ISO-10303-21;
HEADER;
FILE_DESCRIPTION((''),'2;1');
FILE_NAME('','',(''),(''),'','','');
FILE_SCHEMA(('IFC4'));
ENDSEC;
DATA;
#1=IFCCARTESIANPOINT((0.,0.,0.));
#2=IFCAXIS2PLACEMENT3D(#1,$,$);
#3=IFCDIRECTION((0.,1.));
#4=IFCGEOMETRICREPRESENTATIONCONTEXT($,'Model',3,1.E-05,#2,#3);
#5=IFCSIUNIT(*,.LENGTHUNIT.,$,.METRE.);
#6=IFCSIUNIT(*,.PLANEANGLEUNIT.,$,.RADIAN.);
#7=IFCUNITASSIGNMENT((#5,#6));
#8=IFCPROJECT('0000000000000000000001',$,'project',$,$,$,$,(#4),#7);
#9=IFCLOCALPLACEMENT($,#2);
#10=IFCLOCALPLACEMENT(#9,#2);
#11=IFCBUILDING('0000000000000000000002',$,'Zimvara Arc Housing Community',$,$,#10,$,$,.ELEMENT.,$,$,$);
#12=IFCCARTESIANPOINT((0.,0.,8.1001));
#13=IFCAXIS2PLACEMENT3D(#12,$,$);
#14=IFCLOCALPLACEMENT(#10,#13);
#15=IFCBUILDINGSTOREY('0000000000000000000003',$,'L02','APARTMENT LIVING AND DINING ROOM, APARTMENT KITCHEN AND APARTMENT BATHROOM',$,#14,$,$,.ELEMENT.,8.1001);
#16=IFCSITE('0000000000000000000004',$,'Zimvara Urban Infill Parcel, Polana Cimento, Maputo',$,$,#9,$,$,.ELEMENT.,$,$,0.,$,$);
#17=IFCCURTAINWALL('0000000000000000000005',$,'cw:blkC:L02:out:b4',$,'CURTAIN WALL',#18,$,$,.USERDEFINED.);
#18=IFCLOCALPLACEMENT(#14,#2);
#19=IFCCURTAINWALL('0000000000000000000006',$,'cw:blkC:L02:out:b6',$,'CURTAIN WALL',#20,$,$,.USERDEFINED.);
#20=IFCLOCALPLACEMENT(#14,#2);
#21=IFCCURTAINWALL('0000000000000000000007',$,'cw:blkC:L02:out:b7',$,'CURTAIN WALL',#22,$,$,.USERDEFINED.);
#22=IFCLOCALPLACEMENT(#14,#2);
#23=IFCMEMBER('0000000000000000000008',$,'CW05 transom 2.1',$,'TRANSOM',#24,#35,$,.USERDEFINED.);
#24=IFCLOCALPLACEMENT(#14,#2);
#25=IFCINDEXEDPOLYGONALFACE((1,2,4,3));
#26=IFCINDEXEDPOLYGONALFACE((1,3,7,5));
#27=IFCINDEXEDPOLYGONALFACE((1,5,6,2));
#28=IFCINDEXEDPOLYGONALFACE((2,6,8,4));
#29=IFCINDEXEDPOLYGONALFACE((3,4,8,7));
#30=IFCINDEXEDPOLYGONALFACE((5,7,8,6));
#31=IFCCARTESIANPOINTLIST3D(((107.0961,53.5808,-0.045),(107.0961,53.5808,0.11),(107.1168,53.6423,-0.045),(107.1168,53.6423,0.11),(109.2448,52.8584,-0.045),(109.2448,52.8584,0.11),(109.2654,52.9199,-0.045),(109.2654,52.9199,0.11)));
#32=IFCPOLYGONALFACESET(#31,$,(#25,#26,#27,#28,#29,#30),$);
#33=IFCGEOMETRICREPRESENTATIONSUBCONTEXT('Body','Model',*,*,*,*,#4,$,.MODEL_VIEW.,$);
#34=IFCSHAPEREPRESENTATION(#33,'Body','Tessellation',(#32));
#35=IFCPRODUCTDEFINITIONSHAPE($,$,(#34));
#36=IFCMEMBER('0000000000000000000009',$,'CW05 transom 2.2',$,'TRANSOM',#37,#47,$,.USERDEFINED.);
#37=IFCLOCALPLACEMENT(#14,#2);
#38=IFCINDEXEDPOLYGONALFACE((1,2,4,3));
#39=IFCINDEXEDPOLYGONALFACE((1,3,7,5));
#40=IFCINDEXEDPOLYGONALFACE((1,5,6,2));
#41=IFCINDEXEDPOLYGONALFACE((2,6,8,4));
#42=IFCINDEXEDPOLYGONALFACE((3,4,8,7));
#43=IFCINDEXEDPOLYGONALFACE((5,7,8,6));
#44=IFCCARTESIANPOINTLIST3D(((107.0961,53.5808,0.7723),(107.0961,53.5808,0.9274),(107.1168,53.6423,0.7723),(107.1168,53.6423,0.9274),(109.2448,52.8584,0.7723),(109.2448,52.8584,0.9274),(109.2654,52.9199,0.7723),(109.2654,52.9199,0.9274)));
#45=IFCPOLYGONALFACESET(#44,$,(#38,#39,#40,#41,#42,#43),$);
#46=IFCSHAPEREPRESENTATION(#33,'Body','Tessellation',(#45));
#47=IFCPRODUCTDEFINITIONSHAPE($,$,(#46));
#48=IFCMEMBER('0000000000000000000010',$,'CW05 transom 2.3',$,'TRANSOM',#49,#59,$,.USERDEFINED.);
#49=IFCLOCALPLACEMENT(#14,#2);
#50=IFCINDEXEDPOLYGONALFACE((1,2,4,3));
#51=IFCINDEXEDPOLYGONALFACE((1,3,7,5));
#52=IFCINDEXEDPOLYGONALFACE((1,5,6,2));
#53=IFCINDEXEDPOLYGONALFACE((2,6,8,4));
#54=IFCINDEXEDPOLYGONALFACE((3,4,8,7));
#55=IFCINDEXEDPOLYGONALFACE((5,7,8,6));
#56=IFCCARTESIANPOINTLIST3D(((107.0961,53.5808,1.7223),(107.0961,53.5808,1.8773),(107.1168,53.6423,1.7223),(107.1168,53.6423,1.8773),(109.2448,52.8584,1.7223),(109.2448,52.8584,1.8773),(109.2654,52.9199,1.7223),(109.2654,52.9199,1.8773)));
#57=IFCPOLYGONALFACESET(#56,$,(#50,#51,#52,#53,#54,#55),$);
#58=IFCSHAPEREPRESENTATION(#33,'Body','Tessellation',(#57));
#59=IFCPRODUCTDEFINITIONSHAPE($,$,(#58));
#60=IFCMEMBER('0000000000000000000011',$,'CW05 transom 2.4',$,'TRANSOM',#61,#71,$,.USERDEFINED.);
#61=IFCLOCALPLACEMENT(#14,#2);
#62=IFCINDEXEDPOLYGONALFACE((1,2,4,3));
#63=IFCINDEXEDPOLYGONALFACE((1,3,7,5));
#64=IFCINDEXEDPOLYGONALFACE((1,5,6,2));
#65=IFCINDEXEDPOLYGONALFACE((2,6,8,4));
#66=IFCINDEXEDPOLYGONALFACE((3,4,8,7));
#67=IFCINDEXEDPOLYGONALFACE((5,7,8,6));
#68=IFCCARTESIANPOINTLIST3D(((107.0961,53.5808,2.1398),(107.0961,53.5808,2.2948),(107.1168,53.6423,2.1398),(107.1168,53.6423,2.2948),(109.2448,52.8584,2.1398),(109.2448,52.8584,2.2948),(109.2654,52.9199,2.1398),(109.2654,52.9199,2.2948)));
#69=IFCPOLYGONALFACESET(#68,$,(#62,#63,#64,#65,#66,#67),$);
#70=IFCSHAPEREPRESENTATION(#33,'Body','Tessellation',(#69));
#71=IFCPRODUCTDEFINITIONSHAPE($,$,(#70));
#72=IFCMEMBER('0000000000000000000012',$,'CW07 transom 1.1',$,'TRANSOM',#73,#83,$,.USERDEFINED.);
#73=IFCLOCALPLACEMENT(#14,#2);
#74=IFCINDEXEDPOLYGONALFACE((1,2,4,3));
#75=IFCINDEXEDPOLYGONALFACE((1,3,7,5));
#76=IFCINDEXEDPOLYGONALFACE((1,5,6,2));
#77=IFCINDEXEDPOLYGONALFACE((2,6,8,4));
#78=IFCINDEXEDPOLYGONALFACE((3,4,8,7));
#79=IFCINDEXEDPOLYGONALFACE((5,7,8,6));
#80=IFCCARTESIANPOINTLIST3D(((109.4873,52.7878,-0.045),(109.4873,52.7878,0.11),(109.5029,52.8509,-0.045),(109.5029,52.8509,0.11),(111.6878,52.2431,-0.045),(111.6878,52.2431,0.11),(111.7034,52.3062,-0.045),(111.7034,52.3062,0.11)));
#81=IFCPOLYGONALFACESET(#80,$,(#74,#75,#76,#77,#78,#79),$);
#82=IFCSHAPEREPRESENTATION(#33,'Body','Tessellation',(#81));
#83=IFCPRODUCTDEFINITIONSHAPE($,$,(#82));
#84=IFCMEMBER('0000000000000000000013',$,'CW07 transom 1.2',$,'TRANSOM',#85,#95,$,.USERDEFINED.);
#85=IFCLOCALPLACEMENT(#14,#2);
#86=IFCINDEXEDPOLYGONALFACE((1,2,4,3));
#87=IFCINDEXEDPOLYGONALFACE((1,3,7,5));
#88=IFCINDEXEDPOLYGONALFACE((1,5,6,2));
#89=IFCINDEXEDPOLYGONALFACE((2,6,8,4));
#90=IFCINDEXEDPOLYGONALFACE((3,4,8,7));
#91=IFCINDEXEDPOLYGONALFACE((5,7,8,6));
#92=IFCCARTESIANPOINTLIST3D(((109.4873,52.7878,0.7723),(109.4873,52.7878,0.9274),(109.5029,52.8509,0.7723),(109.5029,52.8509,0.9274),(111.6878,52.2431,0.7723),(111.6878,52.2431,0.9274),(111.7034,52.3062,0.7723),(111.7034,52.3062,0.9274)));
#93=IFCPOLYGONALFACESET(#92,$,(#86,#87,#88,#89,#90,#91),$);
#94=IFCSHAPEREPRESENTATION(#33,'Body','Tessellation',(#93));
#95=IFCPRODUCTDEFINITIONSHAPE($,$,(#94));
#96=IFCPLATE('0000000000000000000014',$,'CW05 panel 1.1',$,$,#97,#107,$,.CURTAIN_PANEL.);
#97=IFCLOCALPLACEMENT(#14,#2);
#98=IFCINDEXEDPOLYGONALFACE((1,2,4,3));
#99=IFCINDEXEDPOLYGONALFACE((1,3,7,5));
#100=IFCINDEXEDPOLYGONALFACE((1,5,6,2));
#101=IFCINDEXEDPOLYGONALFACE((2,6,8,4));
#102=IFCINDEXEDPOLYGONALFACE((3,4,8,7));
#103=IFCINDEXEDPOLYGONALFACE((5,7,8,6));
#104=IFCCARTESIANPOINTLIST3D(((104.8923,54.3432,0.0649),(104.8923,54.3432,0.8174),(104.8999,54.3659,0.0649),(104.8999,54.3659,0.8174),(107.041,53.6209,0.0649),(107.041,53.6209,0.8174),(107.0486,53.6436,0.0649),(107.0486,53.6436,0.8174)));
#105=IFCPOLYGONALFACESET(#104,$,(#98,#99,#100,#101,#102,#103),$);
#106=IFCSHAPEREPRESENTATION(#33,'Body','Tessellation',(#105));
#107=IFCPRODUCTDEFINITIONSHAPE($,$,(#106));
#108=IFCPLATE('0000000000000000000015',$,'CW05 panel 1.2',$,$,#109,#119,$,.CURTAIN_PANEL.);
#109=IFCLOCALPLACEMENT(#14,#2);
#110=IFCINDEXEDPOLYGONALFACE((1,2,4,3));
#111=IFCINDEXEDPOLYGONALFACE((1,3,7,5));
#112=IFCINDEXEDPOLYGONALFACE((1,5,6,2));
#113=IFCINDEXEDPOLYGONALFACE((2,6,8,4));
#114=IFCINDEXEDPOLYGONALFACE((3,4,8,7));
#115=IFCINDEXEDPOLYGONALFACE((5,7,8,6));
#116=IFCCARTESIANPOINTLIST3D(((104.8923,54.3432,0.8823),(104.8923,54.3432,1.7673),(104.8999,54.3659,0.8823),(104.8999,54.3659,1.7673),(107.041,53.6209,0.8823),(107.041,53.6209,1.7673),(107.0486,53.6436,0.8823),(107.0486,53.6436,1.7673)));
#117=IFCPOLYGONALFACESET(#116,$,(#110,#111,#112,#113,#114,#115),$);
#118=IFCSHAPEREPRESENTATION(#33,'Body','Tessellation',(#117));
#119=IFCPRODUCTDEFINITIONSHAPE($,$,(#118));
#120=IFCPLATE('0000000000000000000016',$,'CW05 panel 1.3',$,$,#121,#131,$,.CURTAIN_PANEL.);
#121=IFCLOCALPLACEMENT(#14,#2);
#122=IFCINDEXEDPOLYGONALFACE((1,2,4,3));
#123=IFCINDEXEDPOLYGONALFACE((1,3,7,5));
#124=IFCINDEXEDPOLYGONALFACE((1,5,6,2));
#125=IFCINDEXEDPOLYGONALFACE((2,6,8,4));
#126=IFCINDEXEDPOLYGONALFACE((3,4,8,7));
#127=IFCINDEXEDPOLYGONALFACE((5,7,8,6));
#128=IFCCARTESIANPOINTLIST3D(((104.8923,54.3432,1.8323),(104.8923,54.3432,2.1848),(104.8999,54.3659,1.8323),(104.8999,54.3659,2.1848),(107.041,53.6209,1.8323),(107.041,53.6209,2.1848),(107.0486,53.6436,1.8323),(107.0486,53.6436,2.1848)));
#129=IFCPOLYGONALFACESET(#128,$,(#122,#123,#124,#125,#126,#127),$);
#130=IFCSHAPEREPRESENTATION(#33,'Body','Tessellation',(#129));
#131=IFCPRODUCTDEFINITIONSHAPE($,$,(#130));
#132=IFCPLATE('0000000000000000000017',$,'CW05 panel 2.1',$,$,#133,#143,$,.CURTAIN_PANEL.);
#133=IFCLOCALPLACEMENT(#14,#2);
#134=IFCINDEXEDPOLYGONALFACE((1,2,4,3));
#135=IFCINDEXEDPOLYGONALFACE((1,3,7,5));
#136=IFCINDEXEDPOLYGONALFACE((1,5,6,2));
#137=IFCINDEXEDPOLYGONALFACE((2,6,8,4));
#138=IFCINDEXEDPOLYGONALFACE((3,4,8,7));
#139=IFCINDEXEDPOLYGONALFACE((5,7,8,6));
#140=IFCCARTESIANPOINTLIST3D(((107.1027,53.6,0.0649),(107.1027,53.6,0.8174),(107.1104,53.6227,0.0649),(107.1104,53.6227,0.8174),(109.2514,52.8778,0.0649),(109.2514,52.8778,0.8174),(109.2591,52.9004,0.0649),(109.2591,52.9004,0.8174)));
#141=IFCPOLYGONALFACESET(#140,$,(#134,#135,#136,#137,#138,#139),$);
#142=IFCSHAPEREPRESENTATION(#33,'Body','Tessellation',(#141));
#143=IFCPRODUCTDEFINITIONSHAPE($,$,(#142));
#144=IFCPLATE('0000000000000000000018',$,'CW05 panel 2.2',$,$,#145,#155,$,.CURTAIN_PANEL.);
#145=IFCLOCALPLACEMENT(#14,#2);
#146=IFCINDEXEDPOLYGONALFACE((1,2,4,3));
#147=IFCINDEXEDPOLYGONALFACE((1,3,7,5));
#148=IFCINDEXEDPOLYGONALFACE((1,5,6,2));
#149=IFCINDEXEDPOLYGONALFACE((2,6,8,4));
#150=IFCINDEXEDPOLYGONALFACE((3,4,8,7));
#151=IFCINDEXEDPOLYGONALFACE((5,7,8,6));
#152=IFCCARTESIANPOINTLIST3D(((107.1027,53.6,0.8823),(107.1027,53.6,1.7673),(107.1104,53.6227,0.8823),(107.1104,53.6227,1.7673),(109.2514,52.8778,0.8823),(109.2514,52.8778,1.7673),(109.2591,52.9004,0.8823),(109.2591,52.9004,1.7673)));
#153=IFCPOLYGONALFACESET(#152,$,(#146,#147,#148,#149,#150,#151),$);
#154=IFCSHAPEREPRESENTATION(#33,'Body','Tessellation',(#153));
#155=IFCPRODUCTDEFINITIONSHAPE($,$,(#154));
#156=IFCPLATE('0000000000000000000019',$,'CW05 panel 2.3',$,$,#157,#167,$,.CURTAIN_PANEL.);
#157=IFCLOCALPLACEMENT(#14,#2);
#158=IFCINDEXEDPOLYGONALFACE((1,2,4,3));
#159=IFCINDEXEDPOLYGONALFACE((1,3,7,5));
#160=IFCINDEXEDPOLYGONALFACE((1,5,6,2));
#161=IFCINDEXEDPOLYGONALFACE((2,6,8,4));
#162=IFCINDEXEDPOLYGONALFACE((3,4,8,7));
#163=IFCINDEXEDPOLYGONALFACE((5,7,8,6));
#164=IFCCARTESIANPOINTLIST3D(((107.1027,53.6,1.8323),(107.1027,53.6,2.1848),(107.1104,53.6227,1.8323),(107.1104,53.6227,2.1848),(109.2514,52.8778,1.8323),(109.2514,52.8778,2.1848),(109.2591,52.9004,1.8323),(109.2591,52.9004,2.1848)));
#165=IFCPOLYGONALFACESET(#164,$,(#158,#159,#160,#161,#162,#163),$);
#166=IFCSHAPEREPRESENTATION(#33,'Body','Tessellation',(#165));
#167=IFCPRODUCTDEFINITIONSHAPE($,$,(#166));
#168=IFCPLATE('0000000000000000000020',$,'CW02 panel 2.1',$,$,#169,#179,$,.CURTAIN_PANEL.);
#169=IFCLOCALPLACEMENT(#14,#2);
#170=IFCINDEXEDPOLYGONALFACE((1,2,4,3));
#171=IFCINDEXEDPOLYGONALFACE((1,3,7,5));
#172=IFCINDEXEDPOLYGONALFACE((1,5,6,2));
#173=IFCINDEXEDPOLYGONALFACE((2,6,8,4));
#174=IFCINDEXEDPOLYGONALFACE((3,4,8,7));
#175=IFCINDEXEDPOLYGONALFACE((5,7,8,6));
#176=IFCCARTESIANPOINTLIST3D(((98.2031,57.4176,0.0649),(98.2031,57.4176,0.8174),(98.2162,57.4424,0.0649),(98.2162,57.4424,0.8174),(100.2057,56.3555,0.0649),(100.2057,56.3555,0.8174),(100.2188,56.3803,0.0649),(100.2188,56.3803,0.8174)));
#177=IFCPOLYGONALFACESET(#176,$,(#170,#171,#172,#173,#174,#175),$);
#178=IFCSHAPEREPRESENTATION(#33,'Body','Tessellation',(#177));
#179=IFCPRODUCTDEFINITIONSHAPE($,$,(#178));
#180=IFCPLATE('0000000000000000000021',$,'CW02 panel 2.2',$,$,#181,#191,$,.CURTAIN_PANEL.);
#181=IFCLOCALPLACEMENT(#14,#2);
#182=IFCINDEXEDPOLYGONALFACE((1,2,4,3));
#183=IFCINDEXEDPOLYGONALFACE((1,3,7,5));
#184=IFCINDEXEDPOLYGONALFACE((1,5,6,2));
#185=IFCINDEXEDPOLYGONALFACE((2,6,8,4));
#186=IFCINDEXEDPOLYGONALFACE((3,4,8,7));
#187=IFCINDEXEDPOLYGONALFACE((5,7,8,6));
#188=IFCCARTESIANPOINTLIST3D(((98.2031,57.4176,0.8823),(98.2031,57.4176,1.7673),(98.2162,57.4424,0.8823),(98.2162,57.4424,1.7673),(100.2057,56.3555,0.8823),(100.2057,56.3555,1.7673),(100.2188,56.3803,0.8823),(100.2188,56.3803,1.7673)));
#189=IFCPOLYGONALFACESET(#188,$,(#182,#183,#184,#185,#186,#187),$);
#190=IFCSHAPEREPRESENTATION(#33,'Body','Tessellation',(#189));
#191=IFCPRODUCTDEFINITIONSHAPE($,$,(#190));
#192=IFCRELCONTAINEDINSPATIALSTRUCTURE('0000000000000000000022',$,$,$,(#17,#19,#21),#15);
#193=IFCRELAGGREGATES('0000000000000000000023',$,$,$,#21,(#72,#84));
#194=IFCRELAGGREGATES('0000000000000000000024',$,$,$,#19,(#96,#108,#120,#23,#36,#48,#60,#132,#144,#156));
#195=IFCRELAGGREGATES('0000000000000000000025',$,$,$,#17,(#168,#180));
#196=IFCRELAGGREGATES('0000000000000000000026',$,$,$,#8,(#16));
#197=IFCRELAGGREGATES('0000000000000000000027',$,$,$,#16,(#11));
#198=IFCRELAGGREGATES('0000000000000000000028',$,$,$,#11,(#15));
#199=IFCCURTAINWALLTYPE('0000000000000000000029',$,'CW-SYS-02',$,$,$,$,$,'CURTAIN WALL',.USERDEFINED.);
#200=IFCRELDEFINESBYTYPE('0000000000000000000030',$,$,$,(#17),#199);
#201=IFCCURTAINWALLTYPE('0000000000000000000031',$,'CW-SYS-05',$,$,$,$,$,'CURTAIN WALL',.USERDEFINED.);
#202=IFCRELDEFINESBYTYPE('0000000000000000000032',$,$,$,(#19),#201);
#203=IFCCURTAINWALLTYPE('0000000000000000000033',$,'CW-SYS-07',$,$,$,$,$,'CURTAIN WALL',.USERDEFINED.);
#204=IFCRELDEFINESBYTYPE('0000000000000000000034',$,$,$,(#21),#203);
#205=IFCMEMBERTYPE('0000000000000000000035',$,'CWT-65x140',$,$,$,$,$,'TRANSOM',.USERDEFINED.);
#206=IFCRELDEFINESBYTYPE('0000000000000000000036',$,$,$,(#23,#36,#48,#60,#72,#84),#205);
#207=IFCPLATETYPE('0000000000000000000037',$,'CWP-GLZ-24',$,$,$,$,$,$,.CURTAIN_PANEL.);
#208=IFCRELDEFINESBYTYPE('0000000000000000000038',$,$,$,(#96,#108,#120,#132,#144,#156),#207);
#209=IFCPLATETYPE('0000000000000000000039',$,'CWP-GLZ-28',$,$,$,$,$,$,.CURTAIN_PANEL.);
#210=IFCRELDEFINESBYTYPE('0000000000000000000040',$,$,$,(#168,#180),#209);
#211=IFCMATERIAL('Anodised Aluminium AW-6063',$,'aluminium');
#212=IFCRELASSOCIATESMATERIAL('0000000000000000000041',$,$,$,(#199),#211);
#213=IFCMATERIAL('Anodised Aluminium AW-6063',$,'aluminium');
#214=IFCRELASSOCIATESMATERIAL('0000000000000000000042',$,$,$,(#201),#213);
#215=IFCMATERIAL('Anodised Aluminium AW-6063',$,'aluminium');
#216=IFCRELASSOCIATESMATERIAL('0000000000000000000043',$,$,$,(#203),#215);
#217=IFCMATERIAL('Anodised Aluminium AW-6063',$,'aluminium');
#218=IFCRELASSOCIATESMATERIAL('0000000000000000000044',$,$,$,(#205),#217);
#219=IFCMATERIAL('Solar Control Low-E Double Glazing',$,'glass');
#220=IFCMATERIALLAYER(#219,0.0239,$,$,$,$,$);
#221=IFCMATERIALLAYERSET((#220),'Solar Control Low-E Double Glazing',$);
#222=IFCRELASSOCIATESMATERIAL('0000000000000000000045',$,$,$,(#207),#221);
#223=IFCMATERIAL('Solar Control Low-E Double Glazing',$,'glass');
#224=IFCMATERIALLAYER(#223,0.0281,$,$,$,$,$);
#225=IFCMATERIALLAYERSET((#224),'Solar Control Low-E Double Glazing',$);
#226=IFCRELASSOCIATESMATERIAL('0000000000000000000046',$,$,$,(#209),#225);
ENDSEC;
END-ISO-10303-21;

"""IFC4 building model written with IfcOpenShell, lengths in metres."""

from ifc_helpers import new_model, si_unit, direction, frame, origin, origin_2d, place, context, subcontext, project, spatial, rectangle, extrude, material, layer, layer_set, material_profile, profile_set, type_object, element, aggregate, save


model = new_model("IFC4")

# Units and contexts
model_context = context("Model", 3, precision=1e-05, world=origin(), true_north=direction((0.0, 1.0)))
body_context = subcontext(model_context, "Body", "Model", "MODEL_VIEW")
ifc_project = project(units=[si_unit("LENGTHUNIT", "METRE"), si_unit("PLANEANGLEUNIT", "RADIAN")], contexts=[model_context])

# Site, building, storey
site_placement = place(None, origin())
site = spatial("IfcSite", under=ifc_project, at=site_placement, Name="Zimvara Urban Infill Parcel, Polana Cimento, Maputo", CompositionType="ELEMENT", RefElevation=0.0)
building_placement = place(site_placement, origin())
building = spatial("IfcBuilding", under=site, at=building_placement, Name="Zimvara Arc Housing Community", CompositionType="ELEMENT")
storey_placement = place(building_placement, frame((0.0, 0.0, 8.1001)))
storey = spatial("IfcBuildingStorey", under=building, at=storey_placement, Name="L02", Description="APARTMENT LIVING AND DINING ROOM, APARTMENT KITCHEN AND APARTMENT BATHROOM", CompositionType="ELEMENT", Elevation=8.1001)

# Curtain wall
ifc_material_1 = material(Name="Anodised Aluminium AW-6063", Category="aluminium")
curtain_wall_type_1 = type_object("IfcCurtainWallType", Name="CW-SYS-02", ElementType="CURTAIN WALL", PredefinedType="USERDEFINED", material=ifc_material_1)
curtain_wall_1_placement = place(storey_placement, origin())
curtain_wall_1 = element("IfcCurtainWall", 1, at=curtain_wall_1_placement, inside=storey, type_object=curtain_wall_type_1, Name="cw:blkC:L02:out:b4", ObjectType="CURTAIN WALL", PredefinedType="USERDEFINED")

# Curtain wall
ifc_material_2 = material(Name="Anodised Aluminium AW-6063", Category="aluminium")
curtain_wall_type_2 = type_object("IfcCurtainWallType", Name="CW-SYS-05", ElementType="CURTAIN WALL", PredefinedType="USERDEFINED", material=ifc_material_2)
curtain_wall_2_placement = place(storey_placement, origin())
curtain_wall_2 = element("IfcCurtainWall", 2, at=curtain_wall_2_placement, inside=storey, type_object=curtain_wall_type_2, Name="cw:blkC:L02:out:b6", ObjectType="CURTAIN WALL", PredefinedType="USERDEFINED")

# Curtain wall
ifc_material_3 = material(Name="Anodised Aluminium AW-6063", Category="aluminium")
curtain_wall_type_3 = type_object("IfcCurtainWallType", Name="CW-SYS-07", ElementType="CURTAIN WALL", PredefinedType="USERDEFINED", material=ifc_material_3)
curtain_wall_3_placement = place(storey_placement, origin())
curtain_wall_3 = element("IfcCurtainWall", 3, at=curtain_wall_3_placement, inside=storey, type_object=curtain_wall_type_3, Name="cw:blkC:L02:out:b7", ObjectType="CURTAIN WALL", PredefinedType="USERDEFINED")

# Members
ifc_material_4 = material(Name="Anodised Aluminium AW-6063", Category="aluminium")
ifc_material_profile_1 = material_profile(ifc_material_4, rectangle(XDim=0.0649, YDim=0.155, at=origin_2d()), Name="ALU 65x155")
ifc_profile_set_1 = profile_set([ifc_material_profile_1], Name="Anodised Aluminium AW-6063")
member_type_1 = type_object("IfcMemberType", Name="CWT-65x140", ElementType="TRANSOM", PredefinedType="USERDEFINED", material=ifc_profile_set_1)
member_1_placement = place(storey_placement, frame((107.1064, 53.6116, 0.0325), z_axis=(0.947862, -0.318682, 0.0), x_axis=(0.318682, 0.947862, 0.0)))
member_1 = element("IfcMember", 4, at=member_1_placement, type_object=member_type_1, Name="CW05 transom 2.1", ObjectType="TRANSOM", PredefinedType="USERDEFINED", context=body_context, shape_type="SweptSolid", body=[
    extrude(rectangle(XDim=0.0649, YDim=0.155, at=origin_2d()), origin(), (0.0, 0.0, 1.0), 2.2668),
])
member_2_placement = place(storey_placement, frame((107.1064, 53.6116, 0.8499), z_axis=(0.947862, -0.318682, 0.0), x_axis=(0.318682, 0.947862, 0.0)))
member_2 = element("IfcMember", 5, at=member_2_placement, type_object=member_type_1, Name="CW05 transom 2.2", ObjectType="TRANSOM", PredefinedType="USERDEFINED", context=body_context, shape_type="SweptSolid", body=[
    extrude(rectangle(XDim=0.0649, YDim=0.155, at=origin_2d()), origin(), (0.0, 0.0, 1.0), 2.2668),
])
member_3_placement = place(storey_placement, frame((107.1064, 53.6116, 1.7998), z_axis=(0.947862, -0.318682, 0.0), x_axis=(0.318682, 0.947862, 0.0)))
member_3 = element("IfcMember", 6, at=member_3_placement, type_object=member_type_1, Name="CW05 transom 2.3", ObjectType="TRANSOM", PredefinedType="USERDEFINED", context=body_context, shape_type="SweptSolid", body=[
    extrude(rectangle(XDim=0.0649, YDim=0.155, at=origin_2d()), origin(), (0.0, 0.0, 1.0), 2.2668),
])
member_4_placement = place(storey_placement, frame((107.1064, 53.6116, 2.2173), z_axis=(0.947862, -0.318682, 0.0), x_axis=(0.318682, 0.947862, 0.0)))
member_4 = element("IfcMember", 7, at=member_4_placement, type_object=member_type_1, Name="CW05 transom 2.4", ObjectType="TRANSOM", PredefinedType="USERDEFINED", context=body_context, shape_type="SweptSolid", body=[
    extrude(rectangle(XDim=0.0649, YDim=0.155, at=origin_2d()), origin(), (0.0, 0.0, 1.0), 2.2668),
])
member_5_placement = place(storey_placement, frame((109.4951, 52.8193, 0.0325), z_axis=(0.970704, -0.24028, 0.0), x_axis=(0.24028, 0.970704, 0.0)))
member_5 = element("IfcMember", 8, at=member_5_placement, type_object=member_type_1, Name="CW07 transom 1.1", ObjectType="TRANSOM", PredefinedType="USERDEFINED", context=body_context, shape_type="SweptSolid", body=[
    extrude(rectangle(XDim=0.0649, YDim=0.155, at=origin_2d()), origin(), (0.0, 0.0, 1.0), 2.2668),
])
member_6_placement = place(storey_placement, frame((109.4951, 52.8193, 0.8499), z_axis=(0.970704, -0.24028, 0.0), x_axis=(0.24028, 0.970704, 0.0)))
member_6 = element("IfcMember", 9, at=member_6_placement, type_object=member_type_1, Name="CW07 transom 1.2", ObjectType="TRANSOM", PredefinedType="USERDEFINED", context=body_context, shape_type="SweptSolid", body=[
    extrude(rectangle(XDim=0.0649, YDim=0.155, at=origin_2d()), origin(), (0.0, 0.0, 1.0), 2.2668),
])
aggregate(curtain_wall_3, [member_5, member_6])

# Plates
ifc_material_5 = material(Name="Solar Control Low-E Double Glazing", Category="glass")
ifc_layer_1 = layer(ifc_material_5, 0.0239)
ifc_layer_set_1 = layer_set([ifc_layer_1], Name="Solar Control Low-E Double Glazing")
plate_type_1 = type_object("IfcPlateType", Name="CWP-GLZ-24", PredefinedType="CURTAIN_PANEL", material=ifc_layer_set_1)
plate_1_placement = place(storey_placement, frame((105.9705, 53.9934, 0.0649), z_axis=(0.0, 0.0, 1.0), x_axis=(0.94788, -0.318629, 0.0)))
plate_1 = element("IfcPlate", 10, at=plate_1_placement, type_object=plate_type_1, Name="CW05 panel 1.1", PredefinedType="CURTAIN_PANEL", context=body_context, shape_type="SweptSolid", body=[
    extrude(rectangle(XDim=2.2668, YDim=0.0239, at=origin_2d()), origin(), (0.0, 0.0, 1.0), 0.7524),
])
plate_2_placement = place(storey_placement, frame((105.9705, 53.9934, 0.8823), z_axis=(0.0, 0.0, 1.0), x_axis=(0.94788, -0.318629, 0.0)))
plate_2 = element("IfcPlate", 11, at=plate_2_placement, type_object=plate_type_1, Name="CW05 panel 1.2", PredefinedType="CURTAIN_PANEL", context=body_context, shape_type="SweptSolid", body=[
    extrude(rectangle(XDim=2.2668, YDim=0.0239, at=origin_2d()), origin(), (0.0, 0.0, 1.0), 0.885),
])
plate_3_placement = place(storey_placement, frame((105.9705, 53.9934, 1.8323), z_axis=(0.0, 0.0, 1.0), x_axis=(0.94788, -0.318629, 0.0)))
plate_3 = element("IfcPlate", 12, at=plate_3_placement, type_object=plate_type_1, Name="CW05 panel 1.3", PredefinedType="CURTAIN_PANEL", context=body_context, shape_type="SweptSolid", body=[
    extrude(rectangle(XDim=2.2668, YDim=0.0239, at=origin_2d()), origin(), (0.0, 0.0, 1.0), 0.3525),
])
plate_4_placement = place(storey_placement, frame((108.1809, 53.2502, 0.0649), z_axis=(0.0, 0.0, 1.0), x_axis=(0.94788, -0.318629, 0.0)))
plate_4 = element("IfcPlate", 13, at=plate_4_placement, type_object=plate_type_1, Name="CW05 panel 2.1", PredefinedType="CURTAIN_PANEL", context=body_context, shape_type="SweptSolid", body=[
    extrude(rectangle(XDim=2.2668, YDim=0.0239, at=origin_2d()), origin(), (0.0, 0.0, 1.0), 0.7524),
])
plate_5_placement = place(storey_placement, frame((108.1809, 53.2502, 0.8823), z_axis=(0.0, 0.0, 1.0), x_axis=(0.94788, -0.318629, 0.0)))
plate_5 = element("IfcPlate", 14, at=plate_5_placement, type_object=plate_type_1, Name="CW05 panel 2.2", PredefinedType="CURTAIN_PANEL", context=body_context, shape_type="SweptSolid", body=[
    extrude(rectangle(XDim=2.2668, YDim=0.0239, at=origin_2d()), origin(), (0.0, 0.0, 1.0), 0.885),
])
plate_6_placement = place(storey_placement, frame((108.1809, 53.2502, 1.8323), z_axis=(0.0, 0.0, 1.0), x_axis=(0.94788, -0.318629, 0.0)))
plate_6 = element("IfcPlate", 15, at=plate_6_placement, type_object=plate_type_1, Name="CW05 panel 2.3", PredefinedType="CURTAIN_PANEL", context=body_context, shape_type="SweptSolid", body=[
    extrude(rectangle(XDim=2.2668, YDim=0.0239, at=origin_2d()), origin(), (0.0, 0.0, 1.0), 0.3525),
])
aggregate(curtain_wall_2, [plate_1, plate_2, plate_3, member_1, member_2, member_3, member_4, plate_4, plate_5, plate_6])
ifc_material_6 = material(Name="Solar Control Low-E Double Glazing", Category="glass")
ifc_layer_2 = layer(ifc_material_6, 0.0281)
ifc_layer_set_2 = layer_set([ifc_layer_2], Name="Solar Control Low-E Double Glazing")
plate_type_2 = type_object("IfcPlateType", Name="CWP-GLZ-28", PredefinedType="CURTAIN_PANEL", material=ifc_layer_set_2)
plate_7_placement = place(storey_placement, frame((99.2109, 56.8989, 0.0649), z_axis=(0.0, 0.0, 1.0), x_axis=(0.883439, -0.468547, 0.0)))
plate_7 = element("IfcPlate", 16, at=plate_7_placement, type_object=plate_type_2, Name="CW02 panel 2.1", PredefinedType="CURTAIN_PANEL", context=body_context, shape_type="SweptSolid", body=[
    extrude(rectangle(XDim=2.2668, YDim=0.0281, at=origin_2d()), origin(), (0.0, 0.0, 1.0), 0.7524),
])
plate_8_placement = place(storey_placement, frame((99.2109, 56.8989, 0.8823), z_axis=(0.0, 0.0, 1.0), x_axis=(0.883439, -0.468547, 0.0)))
plate_8 = element("IfcPlate", 17, at=plate_8_placement, type_object=plate_type_2, Name="CW02 panel 2.2", PredefinedType="CURTAIN_PANEL", context=body_context, shape_type="SweptSolid", body=[
    extrude(rectangle(XDim=2.2668, YDim=0.0281, at=origin_2d()), origin(), (0.0, 0.0, 1.0), 0.885),
])
aggregate(curtain_wall_1, [plate_7, plate_8])

save(model, "model.ifc")
